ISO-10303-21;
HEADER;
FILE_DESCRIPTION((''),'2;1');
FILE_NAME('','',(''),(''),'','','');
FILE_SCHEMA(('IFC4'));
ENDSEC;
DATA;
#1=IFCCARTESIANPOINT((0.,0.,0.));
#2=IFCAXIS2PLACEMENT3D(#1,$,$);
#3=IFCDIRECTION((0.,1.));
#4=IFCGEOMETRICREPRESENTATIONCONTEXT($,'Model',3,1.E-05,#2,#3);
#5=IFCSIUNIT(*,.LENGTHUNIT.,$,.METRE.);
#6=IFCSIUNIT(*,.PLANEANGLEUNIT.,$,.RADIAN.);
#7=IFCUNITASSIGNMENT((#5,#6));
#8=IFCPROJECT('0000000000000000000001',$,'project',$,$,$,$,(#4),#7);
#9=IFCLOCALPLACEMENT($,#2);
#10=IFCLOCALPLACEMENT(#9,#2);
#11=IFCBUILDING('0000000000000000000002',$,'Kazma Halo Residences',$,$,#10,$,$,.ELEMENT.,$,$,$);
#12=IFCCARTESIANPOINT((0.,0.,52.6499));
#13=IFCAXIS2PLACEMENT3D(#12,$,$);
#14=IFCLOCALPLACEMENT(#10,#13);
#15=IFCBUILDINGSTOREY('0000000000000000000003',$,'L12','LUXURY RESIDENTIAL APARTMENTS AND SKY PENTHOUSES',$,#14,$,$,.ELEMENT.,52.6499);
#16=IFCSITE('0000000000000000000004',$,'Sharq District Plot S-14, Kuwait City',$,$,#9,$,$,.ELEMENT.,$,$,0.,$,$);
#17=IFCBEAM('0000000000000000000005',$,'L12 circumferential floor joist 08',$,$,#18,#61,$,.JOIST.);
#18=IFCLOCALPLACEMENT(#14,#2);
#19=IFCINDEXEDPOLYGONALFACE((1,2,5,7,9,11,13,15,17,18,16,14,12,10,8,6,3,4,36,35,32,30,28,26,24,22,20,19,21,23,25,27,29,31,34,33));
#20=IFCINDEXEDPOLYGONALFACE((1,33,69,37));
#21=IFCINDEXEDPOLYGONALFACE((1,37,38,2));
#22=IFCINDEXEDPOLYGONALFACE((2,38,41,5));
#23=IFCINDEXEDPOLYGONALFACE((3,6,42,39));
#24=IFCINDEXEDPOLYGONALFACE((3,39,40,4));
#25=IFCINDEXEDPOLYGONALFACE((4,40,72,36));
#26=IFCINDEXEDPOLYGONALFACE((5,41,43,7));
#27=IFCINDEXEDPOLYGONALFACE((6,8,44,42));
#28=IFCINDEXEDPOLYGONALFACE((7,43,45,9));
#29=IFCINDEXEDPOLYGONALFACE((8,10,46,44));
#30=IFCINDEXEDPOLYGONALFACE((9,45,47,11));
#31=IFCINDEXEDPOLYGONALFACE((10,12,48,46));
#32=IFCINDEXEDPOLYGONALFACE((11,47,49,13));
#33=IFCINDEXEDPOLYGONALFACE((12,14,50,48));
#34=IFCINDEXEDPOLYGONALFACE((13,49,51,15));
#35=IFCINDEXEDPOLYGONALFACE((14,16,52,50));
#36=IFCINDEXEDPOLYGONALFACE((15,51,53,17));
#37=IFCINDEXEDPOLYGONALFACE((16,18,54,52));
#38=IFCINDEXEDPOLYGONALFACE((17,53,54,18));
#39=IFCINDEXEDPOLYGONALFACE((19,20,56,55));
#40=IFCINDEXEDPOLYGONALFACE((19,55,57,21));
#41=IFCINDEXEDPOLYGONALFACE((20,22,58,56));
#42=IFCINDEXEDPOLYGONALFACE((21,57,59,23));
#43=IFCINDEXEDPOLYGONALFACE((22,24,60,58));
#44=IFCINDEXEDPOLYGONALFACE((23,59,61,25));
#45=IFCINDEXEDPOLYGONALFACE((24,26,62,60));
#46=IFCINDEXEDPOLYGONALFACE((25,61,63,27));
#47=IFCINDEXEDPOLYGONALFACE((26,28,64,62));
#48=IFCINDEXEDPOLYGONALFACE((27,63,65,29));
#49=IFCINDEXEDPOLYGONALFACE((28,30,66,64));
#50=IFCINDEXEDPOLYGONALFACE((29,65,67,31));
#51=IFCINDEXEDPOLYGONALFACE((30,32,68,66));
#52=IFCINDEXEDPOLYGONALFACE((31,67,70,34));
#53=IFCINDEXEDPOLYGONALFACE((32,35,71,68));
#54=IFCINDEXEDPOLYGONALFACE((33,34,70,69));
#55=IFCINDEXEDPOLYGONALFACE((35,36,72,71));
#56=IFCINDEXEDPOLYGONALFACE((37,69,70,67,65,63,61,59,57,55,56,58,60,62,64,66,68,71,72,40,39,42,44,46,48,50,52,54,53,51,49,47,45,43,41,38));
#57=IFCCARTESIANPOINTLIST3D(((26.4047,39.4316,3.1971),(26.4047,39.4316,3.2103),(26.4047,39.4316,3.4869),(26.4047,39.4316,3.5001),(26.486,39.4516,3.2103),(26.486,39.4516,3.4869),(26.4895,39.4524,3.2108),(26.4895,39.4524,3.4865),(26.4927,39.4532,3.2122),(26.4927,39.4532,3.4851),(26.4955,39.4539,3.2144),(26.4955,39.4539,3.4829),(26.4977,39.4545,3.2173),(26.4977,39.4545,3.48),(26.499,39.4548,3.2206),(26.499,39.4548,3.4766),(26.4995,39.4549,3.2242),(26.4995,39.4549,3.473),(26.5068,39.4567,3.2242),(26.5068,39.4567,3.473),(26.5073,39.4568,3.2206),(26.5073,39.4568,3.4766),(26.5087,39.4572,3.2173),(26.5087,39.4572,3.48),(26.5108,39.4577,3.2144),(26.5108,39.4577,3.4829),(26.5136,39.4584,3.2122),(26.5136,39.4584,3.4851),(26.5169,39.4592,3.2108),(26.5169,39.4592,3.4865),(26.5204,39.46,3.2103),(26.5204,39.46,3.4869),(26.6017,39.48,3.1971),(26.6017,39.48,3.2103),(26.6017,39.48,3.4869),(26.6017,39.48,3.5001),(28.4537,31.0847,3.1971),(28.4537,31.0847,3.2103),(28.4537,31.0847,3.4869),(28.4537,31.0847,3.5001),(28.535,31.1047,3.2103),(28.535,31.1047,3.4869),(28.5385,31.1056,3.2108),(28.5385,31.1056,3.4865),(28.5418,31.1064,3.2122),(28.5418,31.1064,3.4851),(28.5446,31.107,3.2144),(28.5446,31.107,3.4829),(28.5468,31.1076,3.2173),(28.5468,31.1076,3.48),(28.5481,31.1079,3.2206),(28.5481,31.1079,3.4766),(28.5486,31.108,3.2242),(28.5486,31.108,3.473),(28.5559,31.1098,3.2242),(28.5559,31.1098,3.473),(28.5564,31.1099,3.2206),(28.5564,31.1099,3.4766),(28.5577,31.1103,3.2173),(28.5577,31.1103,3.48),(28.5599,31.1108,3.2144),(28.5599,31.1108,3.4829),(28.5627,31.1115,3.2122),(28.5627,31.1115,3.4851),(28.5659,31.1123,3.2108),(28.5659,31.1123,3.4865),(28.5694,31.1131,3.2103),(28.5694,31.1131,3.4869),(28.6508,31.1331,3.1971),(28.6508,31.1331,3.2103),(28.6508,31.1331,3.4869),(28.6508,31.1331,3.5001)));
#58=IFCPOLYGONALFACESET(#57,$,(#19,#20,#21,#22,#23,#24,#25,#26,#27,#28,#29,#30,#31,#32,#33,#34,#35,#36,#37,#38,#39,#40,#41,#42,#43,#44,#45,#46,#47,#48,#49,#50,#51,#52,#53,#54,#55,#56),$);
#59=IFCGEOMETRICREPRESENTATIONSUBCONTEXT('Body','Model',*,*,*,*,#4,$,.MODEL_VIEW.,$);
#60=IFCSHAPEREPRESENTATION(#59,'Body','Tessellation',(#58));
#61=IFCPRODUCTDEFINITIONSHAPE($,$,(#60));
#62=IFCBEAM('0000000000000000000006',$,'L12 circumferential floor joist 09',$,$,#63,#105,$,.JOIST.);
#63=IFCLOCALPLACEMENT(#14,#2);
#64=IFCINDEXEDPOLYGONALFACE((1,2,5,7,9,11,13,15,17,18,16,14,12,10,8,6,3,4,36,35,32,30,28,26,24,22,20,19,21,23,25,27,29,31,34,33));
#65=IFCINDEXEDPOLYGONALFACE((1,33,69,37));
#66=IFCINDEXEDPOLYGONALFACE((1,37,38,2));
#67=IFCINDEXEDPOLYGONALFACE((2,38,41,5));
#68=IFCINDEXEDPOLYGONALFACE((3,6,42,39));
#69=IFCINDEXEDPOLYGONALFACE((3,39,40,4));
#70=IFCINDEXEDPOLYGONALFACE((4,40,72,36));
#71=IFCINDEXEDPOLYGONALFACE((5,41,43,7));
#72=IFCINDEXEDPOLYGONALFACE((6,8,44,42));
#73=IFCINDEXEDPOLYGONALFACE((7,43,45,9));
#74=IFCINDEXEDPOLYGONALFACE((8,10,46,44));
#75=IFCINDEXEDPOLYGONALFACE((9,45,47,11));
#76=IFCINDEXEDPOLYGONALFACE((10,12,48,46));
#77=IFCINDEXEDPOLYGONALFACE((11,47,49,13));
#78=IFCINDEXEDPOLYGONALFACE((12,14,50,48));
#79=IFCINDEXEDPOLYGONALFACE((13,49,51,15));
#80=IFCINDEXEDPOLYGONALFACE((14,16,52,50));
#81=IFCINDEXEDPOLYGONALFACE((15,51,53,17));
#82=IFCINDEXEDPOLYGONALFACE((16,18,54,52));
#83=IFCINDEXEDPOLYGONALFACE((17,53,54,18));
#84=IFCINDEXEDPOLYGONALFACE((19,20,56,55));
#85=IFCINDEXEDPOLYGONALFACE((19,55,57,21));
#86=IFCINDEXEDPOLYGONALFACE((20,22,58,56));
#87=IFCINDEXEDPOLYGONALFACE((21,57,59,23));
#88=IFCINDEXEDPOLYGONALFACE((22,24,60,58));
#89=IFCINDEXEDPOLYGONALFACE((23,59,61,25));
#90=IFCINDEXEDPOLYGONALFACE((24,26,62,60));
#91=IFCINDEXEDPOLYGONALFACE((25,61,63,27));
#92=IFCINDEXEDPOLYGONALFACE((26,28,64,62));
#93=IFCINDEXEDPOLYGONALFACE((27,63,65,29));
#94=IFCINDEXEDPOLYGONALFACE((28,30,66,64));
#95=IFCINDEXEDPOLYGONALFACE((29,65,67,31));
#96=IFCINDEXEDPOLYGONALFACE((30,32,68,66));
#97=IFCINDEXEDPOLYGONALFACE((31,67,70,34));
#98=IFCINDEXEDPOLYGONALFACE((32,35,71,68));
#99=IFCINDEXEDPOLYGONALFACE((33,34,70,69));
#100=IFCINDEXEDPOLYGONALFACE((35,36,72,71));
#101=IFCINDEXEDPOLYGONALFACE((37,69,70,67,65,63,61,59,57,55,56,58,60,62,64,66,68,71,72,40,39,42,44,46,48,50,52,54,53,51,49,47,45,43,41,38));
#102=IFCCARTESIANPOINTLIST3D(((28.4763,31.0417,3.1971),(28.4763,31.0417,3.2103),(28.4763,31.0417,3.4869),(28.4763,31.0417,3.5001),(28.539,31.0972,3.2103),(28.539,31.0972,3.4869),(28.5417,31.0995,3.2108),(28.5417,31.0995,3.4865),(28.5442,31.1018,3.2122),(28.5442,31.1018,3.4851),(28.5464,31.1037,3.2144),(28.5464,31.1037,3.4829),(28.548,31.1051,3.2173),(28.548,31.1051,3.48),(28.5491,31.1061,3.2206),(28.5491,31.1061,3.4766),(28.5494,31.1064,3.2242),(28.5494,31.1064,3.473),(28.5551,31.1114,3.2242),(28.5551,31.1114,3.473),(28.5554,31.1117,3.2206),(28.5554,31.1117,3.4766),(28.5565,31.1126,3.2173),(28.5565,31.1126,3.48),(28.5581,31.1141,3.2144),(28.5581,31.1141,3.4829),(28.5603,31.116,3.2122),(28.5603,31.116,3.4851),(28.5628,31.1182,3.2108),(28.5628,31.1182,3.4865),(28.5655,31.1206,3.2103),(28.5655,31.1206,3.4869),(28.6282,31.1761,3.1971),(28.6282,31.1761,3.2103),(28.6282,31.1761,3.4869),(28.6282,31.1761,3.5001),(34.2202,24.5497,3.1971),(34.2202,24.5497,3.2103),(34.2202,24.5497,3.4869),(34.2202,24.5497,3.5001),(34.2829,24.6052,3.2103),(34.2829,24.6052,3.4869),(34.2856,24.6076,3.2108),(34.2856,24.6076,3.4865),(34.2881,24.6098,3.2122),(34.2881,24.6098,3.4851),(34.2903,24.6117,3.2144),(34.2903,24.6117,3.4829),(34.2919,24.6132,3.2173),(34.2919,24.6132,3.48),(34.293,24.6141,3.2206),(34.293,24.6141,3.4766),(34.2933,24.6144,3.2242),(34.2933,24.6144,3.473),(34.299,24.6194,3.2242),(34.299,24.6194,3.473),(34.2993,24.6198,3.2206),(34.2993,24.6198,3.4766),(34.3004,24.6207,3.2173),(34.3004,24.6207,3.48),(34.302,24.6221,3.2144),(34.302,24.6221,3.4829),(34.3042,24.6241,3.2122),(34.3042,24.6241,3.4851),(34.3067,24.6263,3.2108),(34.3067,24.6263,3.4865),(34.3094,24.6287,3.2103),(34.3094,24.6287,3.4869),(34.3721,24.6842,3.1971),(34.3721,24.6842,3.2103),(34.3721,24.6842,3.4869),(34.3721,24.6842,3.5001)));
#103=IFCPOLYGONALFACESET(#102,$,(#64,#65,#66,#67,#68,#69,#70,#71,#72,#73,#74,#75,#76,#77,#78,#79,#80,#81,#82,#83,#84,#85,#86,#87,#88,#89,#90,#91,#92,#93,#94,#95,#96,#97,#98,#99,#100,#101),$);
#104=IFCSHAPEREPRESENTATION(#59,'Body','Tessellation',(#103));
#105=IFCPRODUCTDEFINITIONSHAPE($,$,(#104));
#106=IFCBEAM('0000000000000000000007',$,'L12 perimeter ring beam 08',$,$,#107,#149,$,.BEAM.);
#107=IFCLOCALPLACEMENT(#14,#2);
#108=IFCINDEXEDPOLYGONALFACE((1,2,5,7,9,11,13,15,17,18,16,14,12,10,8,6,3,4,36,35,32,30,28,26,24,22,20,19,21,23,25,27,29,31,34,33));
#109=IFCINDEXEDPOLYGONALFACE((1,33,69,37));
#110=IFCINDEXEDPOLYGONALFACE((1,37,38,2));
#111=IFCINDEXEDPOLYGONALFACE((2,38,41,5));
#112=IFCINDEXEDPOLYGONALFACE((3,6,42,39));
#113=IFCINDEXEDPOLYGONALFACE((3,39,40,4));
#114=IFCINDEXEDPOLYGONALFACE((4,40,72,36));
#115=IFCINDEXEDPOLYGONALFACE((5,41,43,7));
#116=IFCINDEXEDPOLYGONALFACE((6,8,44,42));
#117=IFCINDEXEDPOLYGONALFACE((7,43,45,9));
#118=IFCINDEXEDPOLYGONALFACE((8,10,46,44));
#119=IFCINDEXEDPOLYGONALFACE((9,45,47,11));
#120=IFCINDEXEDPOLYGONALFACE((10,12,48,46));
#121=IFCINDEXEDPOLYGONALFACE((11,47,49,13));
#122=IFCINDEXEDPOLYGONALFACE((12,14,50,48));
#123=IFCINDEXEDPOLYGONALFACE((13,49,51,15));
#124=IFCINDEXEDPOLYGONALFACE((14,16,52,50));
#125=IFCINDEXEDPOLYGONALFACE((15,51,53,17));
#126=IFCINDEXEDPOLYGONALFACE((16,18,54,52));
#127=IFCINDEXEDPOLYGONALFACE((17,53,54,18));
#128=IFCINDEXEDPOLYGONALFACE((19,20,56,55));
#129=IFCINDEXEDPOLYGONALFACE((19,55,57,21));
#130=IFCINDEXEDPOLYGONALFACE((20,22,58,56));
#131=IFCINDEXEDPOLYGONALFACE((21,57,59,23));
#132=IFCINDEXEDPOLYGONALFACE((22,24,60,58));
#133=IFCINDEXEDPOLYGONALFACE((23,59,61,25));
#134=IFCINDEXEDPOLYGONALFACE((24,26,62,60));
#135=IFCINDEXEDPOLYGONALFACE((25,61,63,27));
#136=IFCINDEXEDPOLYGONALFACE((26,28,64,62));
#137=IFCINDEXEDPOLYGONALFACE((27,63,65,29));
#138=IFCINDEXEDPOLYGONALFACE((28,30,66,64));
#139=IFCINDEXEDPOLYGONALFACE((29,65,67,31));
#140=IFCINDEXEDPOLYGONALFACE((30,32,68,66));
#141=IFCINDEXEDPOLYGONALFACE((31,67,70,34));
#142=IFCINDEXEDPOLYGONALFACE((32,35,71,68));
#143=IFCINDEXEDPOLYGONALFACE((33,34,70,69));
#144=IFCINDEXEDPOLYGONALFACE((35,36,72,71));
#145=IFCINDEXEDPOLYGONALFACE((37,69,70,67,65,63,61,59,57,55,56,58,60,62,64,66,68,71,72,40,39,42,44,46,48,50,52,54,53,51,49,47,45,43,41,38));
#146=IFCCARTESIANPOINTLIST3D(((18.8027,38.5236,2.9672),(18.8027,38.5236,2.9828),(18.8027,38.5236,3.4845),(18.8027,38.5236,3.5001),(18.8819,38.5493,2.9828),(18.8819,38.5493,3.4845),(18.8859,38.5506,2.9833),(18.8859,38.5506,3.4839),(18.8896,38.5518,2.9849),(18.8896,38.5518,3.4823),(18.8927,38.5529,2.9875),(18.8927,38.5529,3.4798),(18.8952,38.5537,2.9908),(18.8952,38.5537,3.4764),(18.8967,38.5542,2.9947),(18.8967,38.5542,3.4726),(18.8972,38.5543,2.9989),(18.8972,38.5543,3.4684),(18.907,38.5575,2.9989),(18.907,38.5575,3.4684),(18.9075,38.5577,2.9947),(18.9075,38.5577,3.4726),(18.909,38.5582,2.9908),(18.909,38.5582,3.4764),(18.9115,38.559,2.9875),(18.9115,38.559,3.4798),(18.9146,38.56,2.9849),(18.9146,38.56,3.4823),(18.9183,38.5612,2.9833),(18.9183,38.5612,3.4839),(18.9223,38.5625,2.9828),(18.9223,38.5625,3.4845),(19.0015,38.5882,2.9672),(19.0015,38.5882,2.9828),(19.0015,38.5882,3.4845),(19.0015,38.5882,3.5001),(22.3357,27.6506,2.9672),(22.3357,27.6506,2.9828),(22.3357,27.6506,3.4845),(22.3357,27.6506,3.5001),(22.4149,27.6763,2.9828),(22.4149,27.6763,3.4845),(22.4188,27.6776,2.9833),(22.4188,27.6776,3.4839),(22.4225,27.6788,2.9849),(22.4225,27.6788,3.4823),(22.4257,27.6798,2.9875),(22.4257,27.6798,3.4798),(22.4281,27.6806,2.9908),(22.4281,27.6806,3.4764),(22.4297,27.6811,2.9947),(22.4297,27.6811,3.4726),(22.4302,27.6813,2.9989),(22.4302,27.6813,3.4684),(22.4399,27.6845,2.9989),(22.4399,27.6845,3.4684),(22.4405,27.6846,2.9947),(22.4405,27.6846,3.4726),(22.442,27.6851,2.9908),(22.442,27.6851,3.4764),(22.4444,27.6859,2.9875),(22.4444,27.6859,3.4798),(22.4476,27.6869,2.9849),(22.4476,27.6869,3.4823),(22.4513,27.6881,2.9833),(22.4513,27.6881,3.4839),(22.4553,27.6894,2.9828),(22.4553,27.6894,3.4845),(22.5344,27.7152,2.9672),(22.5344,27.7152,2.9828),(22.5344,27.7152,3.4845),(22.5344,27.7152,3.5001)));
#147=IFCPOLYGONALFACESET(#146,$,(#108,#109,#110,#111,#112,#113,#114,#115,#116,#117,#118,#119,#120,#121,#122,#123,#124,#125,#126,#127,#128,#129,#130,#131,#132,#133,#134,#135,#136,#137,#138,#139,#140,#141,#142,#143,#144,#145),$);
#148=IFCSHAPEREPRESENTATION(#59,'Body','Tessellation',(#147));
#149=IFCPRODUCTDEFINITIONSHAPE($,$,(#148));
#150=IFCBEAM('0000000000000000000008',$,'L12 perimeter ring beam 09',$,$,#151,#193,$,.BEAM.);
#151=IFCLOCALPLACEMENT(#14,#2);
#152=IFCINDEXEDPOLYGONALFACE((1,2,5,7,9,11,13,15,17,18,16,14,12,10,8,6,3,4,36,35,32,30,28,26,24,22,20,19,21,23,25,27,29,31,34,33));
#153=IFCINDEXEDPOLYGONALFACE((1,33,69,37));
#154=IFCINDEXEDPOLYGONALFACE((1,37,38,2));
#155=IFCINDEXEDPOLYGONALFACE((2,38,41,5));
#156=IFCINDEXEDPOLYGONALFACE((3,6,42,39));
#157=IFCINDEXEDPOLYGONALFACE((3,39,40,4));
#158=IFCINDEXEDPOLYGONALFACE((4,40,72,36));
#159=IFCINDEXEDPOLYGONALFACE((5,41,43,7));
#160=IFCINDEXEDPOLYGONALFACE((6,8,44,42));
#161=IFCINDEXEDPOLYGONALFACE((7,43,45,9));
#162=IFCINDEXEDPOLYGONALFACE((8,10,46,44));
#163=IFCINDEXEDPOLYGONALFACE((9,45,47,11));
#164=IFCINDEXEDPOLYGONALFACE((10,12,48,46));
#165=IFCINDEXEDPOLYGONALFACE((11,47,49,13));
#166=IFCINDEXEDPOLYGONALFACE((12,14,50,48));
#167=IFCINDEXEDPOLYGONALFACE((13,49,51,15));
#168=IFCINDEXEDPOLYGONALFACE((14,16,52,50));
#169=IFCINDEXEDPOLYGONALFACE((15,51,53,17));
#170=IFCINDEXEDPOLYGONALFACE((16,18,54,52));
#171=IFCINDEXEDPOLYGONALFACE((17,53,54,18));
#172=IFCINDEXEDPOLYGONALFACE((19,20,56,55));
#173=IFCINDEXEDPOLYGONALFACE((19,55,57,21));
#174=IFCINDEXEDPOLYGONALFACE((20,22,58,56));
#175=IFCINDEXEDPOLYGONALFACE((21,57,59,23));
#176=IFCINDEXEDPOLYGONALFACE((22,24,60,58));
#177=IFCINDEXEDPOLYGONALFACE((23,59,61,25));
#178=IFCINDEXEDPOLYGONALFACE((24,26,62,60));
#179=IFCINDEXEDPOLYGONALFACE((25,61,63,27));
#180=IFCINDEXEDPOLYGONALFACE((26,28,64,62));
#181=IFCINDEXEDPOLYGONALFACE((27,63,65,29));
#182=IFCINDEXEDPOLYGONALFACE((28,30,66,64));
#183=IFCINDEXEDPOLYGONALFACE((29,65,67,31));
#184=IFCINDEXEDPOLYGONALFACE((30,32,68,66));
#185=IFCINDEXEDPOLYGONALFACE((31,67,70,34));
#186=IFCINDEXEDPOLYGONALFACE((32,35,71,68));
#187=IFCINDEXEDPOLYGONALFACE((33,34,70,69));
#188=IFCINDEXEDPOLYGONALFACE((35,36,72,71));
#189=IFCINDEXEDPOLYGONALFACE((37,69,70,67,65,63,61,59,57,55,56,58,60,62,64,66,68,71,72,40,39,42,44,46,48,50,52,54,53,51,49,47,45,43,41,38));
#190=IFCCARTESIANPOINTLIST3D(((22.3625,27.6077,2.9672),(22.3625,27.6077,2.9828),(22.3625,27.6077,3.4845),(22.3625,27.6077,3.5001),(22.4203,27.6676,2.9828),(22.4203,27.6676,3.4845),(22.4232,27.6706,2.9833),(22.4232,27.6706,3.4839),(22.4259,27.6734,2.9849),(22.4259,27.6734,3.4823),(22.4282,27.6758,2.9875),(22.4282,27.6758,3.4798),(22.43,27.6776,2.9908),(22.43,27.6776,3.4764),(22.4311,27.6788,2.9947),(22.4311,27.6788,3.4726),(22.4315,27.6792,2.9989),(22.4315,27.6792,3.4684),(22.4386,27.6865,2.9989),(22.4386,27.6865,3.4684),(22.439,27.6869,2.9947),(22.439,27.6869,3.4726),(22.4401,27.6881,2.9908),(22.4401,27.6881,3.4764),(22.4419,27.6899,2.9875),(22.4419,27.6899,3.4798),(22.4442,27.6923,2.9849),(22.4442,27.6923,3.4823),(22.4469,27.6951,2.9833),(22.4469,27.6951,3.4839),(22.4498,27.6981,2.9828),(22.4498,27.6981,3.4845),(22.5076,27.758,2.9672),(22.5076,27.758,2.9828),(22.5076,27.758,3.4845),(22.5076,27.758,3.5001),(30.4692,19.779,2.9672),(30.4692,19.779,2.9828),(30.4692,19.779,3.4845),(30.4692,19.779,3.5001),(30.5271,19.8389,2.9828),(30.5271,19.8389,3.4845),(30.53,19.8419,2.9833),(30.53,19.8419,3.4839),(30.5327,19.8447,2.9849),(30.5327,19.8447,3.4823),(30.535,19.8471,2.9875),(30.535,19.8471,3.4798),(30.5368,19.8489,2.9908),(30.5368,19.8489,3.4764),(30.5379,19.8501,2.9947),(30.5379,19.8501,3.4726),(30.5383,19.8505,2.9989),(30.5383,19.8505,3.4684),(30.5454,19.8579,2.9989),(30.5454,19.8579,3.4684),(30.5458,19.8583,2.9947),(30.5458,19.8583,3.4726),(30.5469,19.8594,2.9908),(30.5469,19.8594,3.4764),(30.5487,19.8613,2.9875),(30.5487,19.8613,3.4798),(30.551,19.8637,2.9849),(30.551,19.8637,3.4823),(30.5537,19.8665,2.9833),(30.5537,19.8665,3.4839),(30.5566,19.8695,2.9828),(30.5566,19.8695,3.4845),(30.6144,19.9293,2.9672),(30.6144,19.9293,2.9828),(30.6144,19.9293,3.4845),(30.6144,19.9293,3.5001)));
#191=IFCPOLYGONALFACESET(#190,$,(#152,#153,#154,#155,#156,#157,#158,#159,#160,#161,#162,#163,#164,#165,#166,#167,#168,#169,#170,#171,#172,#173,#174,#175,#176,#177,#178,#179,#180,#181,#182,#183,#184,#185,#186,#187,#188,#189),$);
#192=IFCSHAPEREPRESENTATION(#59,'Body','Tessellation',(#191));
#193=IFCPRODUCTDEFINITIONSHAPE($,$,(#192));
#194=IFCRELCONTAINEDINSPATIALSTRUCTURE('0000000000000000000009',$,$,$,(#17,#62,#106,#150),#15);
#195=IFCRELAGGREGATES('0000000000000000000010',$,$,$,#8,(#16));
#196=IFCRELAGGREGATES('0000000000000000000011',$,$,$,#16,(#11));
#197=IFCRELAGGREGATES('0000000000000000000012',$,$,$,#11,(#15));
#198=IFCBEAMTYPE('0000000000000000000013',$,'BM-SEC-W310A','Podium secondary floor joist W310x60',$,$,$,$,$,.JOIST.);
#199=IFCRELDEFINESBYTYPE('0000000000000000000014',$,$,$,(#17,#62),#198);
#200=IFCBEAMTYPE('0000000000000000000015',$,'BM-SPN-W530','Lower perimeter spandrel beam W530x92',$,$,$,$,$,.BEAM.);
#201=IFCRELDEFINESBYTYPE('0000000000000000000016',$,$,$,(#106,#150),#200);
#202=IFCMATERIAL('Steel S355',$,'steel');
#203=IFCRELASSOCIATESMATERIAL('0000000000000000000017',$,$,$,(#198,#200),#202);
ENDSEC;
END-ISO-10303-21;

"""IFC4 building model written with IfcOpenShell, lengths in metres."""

from ifc_helpers import new_model, si_unit, direction, frame, origin, origin_2d, place, context, subcontext, project, spatial, i_section, extrude, material, material_profile, profile_set, type_object, element, save


model = new_model("IFC4")

# Units and contexts
model_context = context("Model", 3, precision=1e-05, world=origin(), true_north=direction((0.0, 1.0)))
body_context = subcontext(model_context, "Body", "Model", "MODEL_VIEW")
ifc_project = project(units=[si_unit("LENGTHUNIT", "METRE"), si_unit("PLANEANGLEUNIT", "RADIAN")], contexts=[model_context])

# Site, building, storey
site_placement = place(None, origin())
site = spatial("IfcSite", under=ifc_project, at=site_placement, Name="Sharq District Plot S-14, Kuwait City", CompositionType="ELEMENT", RefElevation=0.0)
building_placement = place(site_placement, origin())
building = spatial("IfcBuilding", under=site, at=building_placement, Name="Kazma Halo Residences", CompositionType="ELEMENT")
storey_placement = place(building_placement, frame((0.0, 0.0, 52.6499)))
storey = spatial("IfcBuildingStorey", under=building, at=storey_placement, Name="L12", Description="LUXURY RESIDENTIAL APARTMENTS AND SKY PENTHOUSES", CompositionType="ELEMENT", Elevation=52.6499)

# Beams
ifc_material_1 = material(Name="Steel S355", Category="steel")
ifc_material_profile_1 = material_profile(ifc_material_1, i_section(OverallWidth=0.2029, OverallDepth=0.303, WebThickness=0.0076, FlangeThickness=0.0132, FilletRadius=0.0139, at=origin_2d()), Name="W310x60")
ifc_profile_set_1 = profile_set([ifc_material_profile_1], Name="Steel S355")
beam_type_1 = type_object("IfcBeamType", Name="BM-SEC-W310A", Description="Podium secondary floor joist W310x60", PredefinedType="JOIST", material=ifc_profile_set_1)
beam_1_placement = place(storey_placement, frame((26.5032, 39.4558, 3.3486), z_axis=(0.23841, -0.971165, 0.0), x_axis=(0.971165, 0.23841, 0.0)))
element("IfcBeam", 1, at=beam_1_placement, inside=storey, type_object=beam_type_1, Name="L12 circumferential floor joist 08", PredefinedType="JOIST", context=body_context, shape_type="SweptSolid", body=[
    extrude(i_section(OverallWidth=0.2029, OverallDepth=0.303, WebThickness=0.0076, FlangeThickness=0.0132, FilletRadius=0.0139, at=origin_2d()), origin(), (0.0, 0.0, 1.0), 8.5947),
])
beam_2_placement = place(storey_placement, frame((28.5522, 31.1089, 3.3486), z_axis=(0.66264, -0.748938, 0.0), x_axis=(0.748938, 0.66264, 0.0)))
element("IfcBeam", 2, at=beam_2_placement, inside=storey, type_object=beam_type_1, Name="L12 circumferential floor joist 09", PredefinedType="JOIST", context=body_context, shape_type="SweptSolid", body=[
    extrude(i_section(OverallWidth=0.2029, OverallDepth=0.303, WebThickness=0.0076, FlangeThickness=0.0132, FilletRadius=0.0139, at=origin_2d()), origin(), (0.0, 0.0, 1.0), 8.6682),
])
ifc_material_profile_2 = material_profile(ifc_material_1, i_section(OverallWidth=0.209, OverallDepth=0.533, WebThickness=0.0103, FlangeThickness=0.0156, FilletRadius=0.0161, at=origin_2d()), Name="W530x92")
ifc_profile_set_2 = profile_set([ifc_material_profile_2], Name="Steel S355")
beam_type_2 = type_object("IfcBeamType", Name="BM-SPN-W530", Description="Lower perimeter spandrel beam W530x92", PredefinedType="BEAM", material=ifc_profile_set_2)
beam_3_placement = place(storey_placement, frame((18.9021, 38.5559, 3.2336), z_axis=(0.309024, -0.951054, 0.0), x_axis=(0.951054, 0.309024, 0.0)))
element("IfcBeam", 3, at=beam_3_placement, inside=storey, type_object=beam_type_2, Name="L12 perimeter ring beam 08", PredefinedType="BEAM", context=body_context, shape_type="SweptSolid", body=[
    extrude(i_section(OverallWidth=0.209, OverallDepth=0.533, WebThickness=0.0103, FlangeThickness=0.0156, FilletRadius=0.0161, at=origin_2d()), origin(), (0.0, 0.0, 1.0), 11.4326),
])
beam_4_placement = place(storey_placement, frame((22.4351, 27.6829, 3.2336), z_axis=(0.719337, -0.694662, 0.0), x_axis=(0.694662, 0.719337, 0.0)))
element("IfcBeam", 4, at=beam_4_placement, inside=storey, type_object=beam_type_2, Name="L12 perimeter ring beam 09", PredefinedType="BEAM", context=body_context, shape_type="SweptSolid", body=[
    extrude(i_section(OverallWidth=0.209, OverallDepth=0.533, WebThickness=0.0103, FlangeThickness=0.0156, FilletRadius=0.0161, at=origin_2d()), origin(), (0.0, 0.0, 1.0), 11.2698),
])

save(model, "model.ifc")
